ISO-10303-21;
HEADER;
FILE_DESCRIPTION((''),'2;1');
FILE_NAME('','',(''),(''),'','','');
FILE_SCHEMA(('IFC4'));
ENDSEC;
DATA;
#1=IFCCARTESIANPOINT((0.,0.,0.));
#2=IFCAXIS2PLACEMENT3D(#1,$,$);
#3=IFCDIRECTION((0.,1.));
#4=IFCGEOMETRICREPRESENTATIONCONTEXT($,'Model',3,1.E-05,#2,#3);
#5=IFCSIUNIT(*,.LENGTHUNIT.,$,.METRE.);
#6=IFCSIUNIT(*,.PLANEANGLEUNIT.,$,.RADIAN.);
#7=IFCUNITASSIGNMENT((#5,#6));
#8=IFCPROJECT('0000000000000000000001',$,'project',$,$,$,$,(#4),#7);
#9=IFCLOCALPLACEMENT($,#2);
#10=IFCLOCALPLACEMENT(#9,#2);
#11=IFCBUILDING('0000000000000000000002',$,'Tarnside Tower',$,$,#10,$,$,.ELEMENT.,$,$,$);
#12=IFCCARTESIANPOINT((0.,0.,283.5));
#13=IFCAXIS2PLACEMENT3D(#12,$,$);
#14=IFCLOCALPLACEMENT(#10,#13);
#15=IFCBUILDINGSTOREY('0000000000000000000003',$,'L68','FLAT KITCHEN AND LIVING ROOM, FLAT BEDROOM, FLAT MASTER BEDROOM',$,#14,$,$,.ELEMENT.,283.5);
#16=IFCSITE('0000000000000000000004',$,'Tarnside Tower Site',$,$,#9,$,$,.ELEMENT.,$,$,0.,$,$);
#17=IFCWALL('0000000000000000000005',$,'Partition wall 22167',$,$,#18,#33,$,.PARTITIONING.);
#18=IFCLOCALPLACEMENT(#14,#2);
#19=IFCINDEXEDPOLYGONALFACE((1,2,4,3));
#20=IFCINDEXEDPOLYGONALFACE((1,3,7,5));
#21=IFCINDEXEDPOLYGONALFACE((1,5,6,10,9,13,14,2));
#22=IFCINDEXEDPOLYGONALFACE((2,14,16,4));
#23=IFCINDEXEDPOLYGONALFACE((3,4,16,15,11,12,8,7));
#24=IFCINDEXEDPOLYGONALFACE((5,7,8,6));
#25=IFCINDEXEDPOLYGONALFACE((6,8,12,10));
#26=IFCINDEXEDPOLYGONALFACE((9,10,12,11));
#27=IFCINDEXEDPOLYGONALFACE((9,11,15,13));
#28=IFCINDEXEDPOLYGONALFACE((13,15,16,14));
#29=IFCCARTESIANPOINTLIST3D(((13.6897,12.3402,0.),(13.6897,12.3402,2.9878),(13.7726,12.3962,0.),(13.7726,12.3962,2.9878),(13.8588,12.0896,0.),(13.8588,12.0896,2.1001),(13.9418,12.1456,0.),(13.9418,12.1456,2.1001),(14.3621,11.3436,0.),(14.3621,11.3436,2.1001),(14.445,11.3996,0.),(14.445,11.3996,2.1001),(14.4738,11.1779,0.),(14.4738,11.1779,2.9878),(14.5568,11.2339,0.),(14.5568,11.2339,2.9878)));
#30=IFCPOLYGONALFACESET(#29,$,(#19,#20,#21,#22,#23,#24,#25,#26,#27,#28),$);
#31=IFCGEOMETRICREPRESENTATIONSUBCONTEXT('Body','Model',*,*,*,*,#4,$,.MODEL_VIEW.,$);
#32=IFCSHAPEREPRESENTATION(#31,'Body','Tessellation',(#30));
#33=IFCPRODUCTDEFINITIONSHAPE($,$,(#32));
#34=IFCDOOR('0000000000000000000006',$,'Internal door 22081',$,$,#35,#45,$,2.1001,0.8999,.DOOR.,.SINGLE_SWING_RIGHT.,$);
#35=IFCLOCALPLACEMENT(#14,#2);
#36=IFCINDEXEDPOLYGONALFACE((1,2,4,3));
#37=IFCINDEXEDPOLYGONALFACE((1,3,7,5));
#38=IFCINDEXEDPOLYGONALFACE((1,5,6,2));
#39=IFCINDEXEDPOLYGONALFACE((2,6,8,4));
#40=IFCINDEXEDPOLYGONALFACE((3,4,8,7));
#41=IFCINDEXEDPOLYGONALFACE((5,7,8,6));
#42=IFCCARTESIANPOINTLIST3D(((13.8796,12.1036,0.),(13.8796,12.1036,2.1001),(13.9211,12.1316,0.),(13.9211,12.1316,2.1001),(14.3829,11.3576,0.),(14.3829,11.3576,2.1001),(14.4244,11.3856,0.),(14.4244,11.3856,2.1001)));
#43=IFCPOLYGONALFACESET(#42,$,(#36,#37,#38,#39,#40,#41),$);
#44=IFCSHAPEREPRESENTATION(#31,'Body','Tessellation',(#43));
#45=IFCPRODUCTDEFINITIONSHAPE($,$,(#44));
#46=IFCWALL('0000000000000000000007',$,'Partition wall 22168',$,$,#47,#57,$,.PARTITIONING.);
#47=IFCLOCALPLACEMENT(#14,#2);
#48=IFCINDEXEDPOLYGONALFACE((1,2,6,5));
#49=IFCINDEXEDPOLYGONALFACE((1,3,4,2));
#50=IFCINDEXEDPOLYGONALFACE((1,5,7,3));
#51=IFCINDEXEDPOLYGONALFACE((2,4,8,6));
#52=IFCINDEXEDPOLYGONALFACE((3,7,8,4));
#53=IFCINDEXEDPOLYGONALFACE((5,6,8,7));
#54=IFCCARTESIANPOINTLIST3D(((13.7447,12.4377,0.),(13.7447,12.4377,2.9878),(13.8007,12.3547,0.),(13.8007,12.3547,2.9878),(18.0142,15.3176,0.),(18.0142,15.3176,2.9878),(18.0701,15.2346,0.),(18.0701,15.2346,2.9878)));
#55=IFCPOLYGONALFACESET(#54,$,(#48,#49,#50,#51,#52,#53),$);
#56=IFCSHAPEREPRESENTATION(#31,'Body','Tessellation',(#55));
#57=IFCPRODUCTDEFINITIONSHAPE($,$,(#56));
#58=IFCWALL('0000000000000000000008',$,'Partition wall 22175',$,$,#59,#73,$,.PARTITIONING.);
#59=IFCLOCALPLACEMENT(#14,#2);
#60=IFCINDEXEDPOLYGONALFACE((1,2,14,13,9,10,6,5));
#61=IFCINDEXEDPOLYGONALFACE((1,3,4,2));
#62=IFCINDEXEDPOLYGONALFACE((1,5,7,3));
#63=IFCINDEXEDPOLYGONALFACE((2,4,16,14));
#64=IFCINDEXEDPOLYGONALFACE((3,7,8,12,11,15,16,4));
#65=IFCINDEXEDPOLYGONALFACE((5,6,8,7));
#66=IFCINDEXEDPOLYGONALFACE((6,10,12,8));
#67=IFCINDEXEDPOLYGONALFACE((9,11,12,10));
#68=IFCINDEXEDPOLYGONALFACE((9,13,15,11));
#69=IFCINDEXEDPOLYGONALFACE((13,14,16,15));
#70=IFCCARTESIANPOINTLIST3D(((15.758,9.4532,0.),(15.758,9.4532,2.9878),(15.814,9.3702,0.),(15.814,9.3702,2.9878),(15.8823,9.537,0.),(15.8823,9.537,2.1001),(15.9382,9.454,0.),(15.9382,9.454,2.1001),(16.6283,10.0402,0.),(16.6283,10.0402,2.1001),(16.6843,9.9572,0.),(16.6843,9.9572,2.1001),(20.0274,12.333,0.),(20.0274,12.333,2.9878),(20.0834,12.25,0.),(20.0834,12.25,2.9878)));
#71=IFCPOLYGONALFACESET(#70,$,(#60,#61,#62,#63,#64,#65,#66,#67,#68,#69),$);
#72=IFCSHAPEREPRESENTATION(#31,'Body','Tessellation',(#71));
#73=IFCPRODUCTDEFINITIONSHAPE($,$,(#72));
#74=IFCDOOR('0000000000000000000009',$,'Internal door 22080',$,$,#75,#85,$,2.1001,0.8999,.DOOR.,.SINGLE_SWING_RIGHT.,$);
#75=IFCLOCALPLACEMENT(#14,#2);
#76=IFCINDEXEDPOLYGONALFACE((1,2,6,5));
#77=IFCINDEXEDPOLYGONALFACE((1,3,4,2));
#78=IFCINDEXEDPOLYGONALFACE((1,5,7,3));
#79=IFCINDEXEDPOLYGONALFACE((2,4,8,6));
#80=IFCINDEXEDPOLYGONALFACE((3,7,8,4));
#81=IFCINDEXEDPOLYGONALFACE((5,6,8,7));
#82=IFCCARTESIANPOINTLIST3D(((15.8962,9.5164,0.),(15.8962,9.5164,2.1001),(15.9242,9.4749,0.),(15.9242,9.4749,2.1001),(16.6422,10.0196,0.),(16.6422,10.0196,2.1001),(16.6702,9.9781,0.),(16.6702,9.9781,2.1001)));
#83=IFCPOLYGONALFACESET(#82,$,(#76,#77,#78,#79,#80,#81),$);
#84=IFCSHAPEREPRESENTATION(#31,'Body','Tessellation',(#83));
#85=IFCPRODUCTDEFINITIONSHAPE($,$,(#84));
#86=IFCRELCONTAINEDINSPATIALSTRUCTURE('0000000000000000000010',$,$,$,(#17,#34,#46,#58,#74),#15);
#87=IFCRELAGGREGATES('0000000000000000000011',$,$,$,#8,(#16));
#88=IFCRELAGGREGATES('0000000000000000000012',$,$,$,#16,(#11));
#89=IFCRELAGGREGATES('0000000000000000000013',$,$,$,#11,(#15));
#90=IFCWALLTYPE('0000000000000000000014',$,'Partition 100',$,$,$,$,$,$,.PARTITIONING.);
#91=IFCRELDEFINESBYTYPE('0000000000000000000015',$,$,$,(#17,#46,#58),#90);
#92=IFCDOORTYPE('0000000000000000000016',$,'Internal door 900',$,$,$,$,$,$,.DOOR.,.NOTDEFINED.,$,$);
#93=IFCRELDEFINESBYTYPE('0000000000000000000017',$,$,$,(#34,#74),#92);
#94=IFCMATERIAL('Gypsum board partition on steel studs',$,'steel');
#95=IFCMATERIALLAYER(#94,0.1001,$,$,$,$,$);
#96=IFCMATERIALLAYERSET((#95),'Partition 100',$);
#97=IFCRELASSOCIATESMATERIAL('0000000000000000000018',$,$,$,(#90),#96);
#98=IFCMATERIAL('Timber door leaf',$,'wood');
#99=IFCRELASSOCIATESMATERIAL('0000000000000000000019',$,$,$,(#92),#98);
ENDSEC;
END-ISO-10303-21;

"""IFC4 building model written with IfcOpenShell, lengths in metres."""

from ifc_helpers import new_model, si_unit, direction, frame, frame_2d, origin, place, context, subcontext, project, spatial, rectangle, extrude, material, layer, layer_set, type_object, element, fill, save


model = new_model("IFC4")

# Units and contexts
model_context = context("Model", 3, precision=1e-05, world=origin(), true_north=direction((0.0, 1.0)))
body_context = subcontext(model_context, "Body", "Model", "MODEL_VIEW")
ifc_project = project(units=[si_unit("LENGTHUNIT", "METRE"), si_unit("PLANEANGLEUNIT", "RADIAN")], contexts=[model_context])

# Site, building, storey
site_placement = place(None, origin())
site = spatial("IfcSite", under=ifc_project, at=site_placement, Name="Tarnside Tower Site", CompositionType="ELEMENT", RefElevation=0.0)
building_placement = place(site_placement, origin())
building = spatial("IfcBuilding", under=site, at=building_placement, Name="Tarnside Tower", CompositionType="ELEMENT")
storey_placement = place(building_placement, frame((0.0, 0.0, 283.5)))
storey = spatial("IfcBuildingStorey", under=building, at=storey_placement, Name="L68", Description="FLAT KITCHEN AND LIVING ROOM, FLAT BEDROOM, FLAT MASTER BEDROOM", CompositionType="ELEMENT", Elevation=283.5)

# Shared definitions
ifc_material_1 = material(Name="Gypsum board partition on steel studs", Category="steel")

# Wall, opening, door
ifc_layer_1 = layer(ifc_material_1, 0.1001)
ifc_layer_set_1 = layer_set([ifc_layer_1], Name="Partition 100")
wall_type_1 = type_object("IfcWallType", Name="Partition 100", PredefinedType="PARTITIONING", material=ifc_layer_set_1)
wall_1_placement = place(storey_placement, frame((14.5154, 11.2058, 0.0), z_axis=(0.0, 0.0, 1.0), x_axis=(-0.559272, 0.828984, 0.0)))
wall_1 = element("IfcWall", 1, at=wall_1_placement, inside=storey, type_object=wall_type_1, Name="Partition wall 22167", PredefinedType="PARTITIONING", context=body_context, shape_type="SweptSolid", body=[
    extrude(rectangle(XDim=1.4021, YDim=0.1001, at=frame_2d((0.7012, 0.0))), origin(), (0.0, 0.0, 1.0), 2.9878),
])
opening_1_placement = place(wall_1_placement, frame((0.2, 0.0, 0.0)))
opening_1 = element("IfcOpeningElement", 2, at=opening_1_placement, cuts=wall_1, PredefinedType="OPENING", context=body_context, shape_type="SweptSolid", body=[
    extrude(rectangle(XDim=0.8999, YDim=2.1001, at=frame_2d((0.45, 1.05))), frame((0.0, 0.0601, 0.0), z_axis=(0.0, -1.0, 0.0), x_axis=(1.0, 0.0, 0.0)), (0.0, 0.0, 1.0), 0.1201),
])
ifc_material_2 = material(Name="Timber door leaf", Category="wood")
door_type = type_object("IfcDoorType", Name="Internal door 900", OperationType="NOTDEFINED", PredefinedType="DOOR", material=ifc_material_2)
door_1_placement = place(opening_1_placement, origin())
door_1 = element("IfcDoor", 3, at=door_1_placement, inside=storey, type_object=door_type, Name="Internal door 22081", OperationType="SINGLE_SWING_RIGHT", OverallHeight=2.1001, OverallWidth=0.8999, PredefinedType="DOOR", context=body_context, shape_type="SweptSolid", body=[
    extrude(rectangle(XDim=0.8999, YDim=2.1001, at=frame_2d((0.45, 1.05))), frame((0.0, 0.0249, 0.0), z_axis=(0.0, -1.0, 0.0), x_axis=(1.0, 0.0, 0.0)), (0.0, 0.0, 1.0), 0.05),
])
fill(opening_1, door_1)

# Wall
wall_2_placement = place(storey_placement, frame((13.7727, 12.3962, 0.0), z_axis=(0.0, 0.0, 1.0), x_axis=(0.829033, 0.559199, 0.0)))
element("IfcWall", 4, at=wall_2_placement, inside=storey, type_object=wall_type_1, Name="Partition wall 22168", PredefinedType="PARTITIONING", context=body_context, shape_type="SweptSolid", body=[
    extrude(rectangle(XDim=5.1499, YDim=0.1001, at=frame_2d((2.575, 0.0))), origin(), (0.0, 0.0, 1.0), 2.9878),
])

# Wall, opening, door
wall_3_placement = place(storey_placement, frame((20.0554, 12.2915, 0.0), z_axis=(0.0, 0.0, 1.0), x_axis=(-0.829033, -0.559199, 0.0)))
wall_3 = element("IfcWall", 5, at=wall_3_placement, inside=storey, type_object=wall_type_1, Name="Partition wall 22175", PredefinedType="PARTITIONING", context=body_context, shape_type="SweptSolid", body=[
    extrude(rectangle(XDim=5.1499, YDim=0.1001, at=frame_2d((2.575, 0.0))), origin(), (0.0, 0.0, 1.0), 2.9878),
])
opening_2_placement = place(wall_3_placement, frame((4.1001, 0.0, 0.0)))
opening_2 = element("IfcOpeningElement", 6, at=opening_2_placement, cuts=wall_3, PredefinedType="OPENING", context=body_context, shape_type="SweptSolid", body=[
    extrude(rectangle(XDim=0.8999, YDim=2.1001, at=frame_2d((0.45, 1.05))), frame((0.0, 0.0601, 0.0), z_axis=(0.0, -1.0, 0.0), x_axis=(1.0, 0.0, 0.0)), (0.0, 0.0, 1.0), 0.1201),
])
door_2_placement = place(opening_2_placement, origin())
door_2 = element("IfcDoor", 7, at=door_2_placement, inside=storey, type_object=door_type, Name="Internal door 22080", OperationType="SINGLE_SWING_RIGHT", OverallHeight=2.1001, OverallWidth=0.8999, PredefinedType="DOOR", context=body_context, shape_type="SweptSolid", body=[
    extrude(rectangle(XDim=0.8999, YDim=2.1001, at=frame_2d((0.45, 1.05))), frame((0.0, 0.0249, 0.0), z_axis=(0.0, -1.0, 0.0), x_axis=(1.0, 0.0, 0.0)), (0.0, 0.0, 1.0), 0.05),
])
fill(opening_2, door_2)

save(model, "model.ifc")
